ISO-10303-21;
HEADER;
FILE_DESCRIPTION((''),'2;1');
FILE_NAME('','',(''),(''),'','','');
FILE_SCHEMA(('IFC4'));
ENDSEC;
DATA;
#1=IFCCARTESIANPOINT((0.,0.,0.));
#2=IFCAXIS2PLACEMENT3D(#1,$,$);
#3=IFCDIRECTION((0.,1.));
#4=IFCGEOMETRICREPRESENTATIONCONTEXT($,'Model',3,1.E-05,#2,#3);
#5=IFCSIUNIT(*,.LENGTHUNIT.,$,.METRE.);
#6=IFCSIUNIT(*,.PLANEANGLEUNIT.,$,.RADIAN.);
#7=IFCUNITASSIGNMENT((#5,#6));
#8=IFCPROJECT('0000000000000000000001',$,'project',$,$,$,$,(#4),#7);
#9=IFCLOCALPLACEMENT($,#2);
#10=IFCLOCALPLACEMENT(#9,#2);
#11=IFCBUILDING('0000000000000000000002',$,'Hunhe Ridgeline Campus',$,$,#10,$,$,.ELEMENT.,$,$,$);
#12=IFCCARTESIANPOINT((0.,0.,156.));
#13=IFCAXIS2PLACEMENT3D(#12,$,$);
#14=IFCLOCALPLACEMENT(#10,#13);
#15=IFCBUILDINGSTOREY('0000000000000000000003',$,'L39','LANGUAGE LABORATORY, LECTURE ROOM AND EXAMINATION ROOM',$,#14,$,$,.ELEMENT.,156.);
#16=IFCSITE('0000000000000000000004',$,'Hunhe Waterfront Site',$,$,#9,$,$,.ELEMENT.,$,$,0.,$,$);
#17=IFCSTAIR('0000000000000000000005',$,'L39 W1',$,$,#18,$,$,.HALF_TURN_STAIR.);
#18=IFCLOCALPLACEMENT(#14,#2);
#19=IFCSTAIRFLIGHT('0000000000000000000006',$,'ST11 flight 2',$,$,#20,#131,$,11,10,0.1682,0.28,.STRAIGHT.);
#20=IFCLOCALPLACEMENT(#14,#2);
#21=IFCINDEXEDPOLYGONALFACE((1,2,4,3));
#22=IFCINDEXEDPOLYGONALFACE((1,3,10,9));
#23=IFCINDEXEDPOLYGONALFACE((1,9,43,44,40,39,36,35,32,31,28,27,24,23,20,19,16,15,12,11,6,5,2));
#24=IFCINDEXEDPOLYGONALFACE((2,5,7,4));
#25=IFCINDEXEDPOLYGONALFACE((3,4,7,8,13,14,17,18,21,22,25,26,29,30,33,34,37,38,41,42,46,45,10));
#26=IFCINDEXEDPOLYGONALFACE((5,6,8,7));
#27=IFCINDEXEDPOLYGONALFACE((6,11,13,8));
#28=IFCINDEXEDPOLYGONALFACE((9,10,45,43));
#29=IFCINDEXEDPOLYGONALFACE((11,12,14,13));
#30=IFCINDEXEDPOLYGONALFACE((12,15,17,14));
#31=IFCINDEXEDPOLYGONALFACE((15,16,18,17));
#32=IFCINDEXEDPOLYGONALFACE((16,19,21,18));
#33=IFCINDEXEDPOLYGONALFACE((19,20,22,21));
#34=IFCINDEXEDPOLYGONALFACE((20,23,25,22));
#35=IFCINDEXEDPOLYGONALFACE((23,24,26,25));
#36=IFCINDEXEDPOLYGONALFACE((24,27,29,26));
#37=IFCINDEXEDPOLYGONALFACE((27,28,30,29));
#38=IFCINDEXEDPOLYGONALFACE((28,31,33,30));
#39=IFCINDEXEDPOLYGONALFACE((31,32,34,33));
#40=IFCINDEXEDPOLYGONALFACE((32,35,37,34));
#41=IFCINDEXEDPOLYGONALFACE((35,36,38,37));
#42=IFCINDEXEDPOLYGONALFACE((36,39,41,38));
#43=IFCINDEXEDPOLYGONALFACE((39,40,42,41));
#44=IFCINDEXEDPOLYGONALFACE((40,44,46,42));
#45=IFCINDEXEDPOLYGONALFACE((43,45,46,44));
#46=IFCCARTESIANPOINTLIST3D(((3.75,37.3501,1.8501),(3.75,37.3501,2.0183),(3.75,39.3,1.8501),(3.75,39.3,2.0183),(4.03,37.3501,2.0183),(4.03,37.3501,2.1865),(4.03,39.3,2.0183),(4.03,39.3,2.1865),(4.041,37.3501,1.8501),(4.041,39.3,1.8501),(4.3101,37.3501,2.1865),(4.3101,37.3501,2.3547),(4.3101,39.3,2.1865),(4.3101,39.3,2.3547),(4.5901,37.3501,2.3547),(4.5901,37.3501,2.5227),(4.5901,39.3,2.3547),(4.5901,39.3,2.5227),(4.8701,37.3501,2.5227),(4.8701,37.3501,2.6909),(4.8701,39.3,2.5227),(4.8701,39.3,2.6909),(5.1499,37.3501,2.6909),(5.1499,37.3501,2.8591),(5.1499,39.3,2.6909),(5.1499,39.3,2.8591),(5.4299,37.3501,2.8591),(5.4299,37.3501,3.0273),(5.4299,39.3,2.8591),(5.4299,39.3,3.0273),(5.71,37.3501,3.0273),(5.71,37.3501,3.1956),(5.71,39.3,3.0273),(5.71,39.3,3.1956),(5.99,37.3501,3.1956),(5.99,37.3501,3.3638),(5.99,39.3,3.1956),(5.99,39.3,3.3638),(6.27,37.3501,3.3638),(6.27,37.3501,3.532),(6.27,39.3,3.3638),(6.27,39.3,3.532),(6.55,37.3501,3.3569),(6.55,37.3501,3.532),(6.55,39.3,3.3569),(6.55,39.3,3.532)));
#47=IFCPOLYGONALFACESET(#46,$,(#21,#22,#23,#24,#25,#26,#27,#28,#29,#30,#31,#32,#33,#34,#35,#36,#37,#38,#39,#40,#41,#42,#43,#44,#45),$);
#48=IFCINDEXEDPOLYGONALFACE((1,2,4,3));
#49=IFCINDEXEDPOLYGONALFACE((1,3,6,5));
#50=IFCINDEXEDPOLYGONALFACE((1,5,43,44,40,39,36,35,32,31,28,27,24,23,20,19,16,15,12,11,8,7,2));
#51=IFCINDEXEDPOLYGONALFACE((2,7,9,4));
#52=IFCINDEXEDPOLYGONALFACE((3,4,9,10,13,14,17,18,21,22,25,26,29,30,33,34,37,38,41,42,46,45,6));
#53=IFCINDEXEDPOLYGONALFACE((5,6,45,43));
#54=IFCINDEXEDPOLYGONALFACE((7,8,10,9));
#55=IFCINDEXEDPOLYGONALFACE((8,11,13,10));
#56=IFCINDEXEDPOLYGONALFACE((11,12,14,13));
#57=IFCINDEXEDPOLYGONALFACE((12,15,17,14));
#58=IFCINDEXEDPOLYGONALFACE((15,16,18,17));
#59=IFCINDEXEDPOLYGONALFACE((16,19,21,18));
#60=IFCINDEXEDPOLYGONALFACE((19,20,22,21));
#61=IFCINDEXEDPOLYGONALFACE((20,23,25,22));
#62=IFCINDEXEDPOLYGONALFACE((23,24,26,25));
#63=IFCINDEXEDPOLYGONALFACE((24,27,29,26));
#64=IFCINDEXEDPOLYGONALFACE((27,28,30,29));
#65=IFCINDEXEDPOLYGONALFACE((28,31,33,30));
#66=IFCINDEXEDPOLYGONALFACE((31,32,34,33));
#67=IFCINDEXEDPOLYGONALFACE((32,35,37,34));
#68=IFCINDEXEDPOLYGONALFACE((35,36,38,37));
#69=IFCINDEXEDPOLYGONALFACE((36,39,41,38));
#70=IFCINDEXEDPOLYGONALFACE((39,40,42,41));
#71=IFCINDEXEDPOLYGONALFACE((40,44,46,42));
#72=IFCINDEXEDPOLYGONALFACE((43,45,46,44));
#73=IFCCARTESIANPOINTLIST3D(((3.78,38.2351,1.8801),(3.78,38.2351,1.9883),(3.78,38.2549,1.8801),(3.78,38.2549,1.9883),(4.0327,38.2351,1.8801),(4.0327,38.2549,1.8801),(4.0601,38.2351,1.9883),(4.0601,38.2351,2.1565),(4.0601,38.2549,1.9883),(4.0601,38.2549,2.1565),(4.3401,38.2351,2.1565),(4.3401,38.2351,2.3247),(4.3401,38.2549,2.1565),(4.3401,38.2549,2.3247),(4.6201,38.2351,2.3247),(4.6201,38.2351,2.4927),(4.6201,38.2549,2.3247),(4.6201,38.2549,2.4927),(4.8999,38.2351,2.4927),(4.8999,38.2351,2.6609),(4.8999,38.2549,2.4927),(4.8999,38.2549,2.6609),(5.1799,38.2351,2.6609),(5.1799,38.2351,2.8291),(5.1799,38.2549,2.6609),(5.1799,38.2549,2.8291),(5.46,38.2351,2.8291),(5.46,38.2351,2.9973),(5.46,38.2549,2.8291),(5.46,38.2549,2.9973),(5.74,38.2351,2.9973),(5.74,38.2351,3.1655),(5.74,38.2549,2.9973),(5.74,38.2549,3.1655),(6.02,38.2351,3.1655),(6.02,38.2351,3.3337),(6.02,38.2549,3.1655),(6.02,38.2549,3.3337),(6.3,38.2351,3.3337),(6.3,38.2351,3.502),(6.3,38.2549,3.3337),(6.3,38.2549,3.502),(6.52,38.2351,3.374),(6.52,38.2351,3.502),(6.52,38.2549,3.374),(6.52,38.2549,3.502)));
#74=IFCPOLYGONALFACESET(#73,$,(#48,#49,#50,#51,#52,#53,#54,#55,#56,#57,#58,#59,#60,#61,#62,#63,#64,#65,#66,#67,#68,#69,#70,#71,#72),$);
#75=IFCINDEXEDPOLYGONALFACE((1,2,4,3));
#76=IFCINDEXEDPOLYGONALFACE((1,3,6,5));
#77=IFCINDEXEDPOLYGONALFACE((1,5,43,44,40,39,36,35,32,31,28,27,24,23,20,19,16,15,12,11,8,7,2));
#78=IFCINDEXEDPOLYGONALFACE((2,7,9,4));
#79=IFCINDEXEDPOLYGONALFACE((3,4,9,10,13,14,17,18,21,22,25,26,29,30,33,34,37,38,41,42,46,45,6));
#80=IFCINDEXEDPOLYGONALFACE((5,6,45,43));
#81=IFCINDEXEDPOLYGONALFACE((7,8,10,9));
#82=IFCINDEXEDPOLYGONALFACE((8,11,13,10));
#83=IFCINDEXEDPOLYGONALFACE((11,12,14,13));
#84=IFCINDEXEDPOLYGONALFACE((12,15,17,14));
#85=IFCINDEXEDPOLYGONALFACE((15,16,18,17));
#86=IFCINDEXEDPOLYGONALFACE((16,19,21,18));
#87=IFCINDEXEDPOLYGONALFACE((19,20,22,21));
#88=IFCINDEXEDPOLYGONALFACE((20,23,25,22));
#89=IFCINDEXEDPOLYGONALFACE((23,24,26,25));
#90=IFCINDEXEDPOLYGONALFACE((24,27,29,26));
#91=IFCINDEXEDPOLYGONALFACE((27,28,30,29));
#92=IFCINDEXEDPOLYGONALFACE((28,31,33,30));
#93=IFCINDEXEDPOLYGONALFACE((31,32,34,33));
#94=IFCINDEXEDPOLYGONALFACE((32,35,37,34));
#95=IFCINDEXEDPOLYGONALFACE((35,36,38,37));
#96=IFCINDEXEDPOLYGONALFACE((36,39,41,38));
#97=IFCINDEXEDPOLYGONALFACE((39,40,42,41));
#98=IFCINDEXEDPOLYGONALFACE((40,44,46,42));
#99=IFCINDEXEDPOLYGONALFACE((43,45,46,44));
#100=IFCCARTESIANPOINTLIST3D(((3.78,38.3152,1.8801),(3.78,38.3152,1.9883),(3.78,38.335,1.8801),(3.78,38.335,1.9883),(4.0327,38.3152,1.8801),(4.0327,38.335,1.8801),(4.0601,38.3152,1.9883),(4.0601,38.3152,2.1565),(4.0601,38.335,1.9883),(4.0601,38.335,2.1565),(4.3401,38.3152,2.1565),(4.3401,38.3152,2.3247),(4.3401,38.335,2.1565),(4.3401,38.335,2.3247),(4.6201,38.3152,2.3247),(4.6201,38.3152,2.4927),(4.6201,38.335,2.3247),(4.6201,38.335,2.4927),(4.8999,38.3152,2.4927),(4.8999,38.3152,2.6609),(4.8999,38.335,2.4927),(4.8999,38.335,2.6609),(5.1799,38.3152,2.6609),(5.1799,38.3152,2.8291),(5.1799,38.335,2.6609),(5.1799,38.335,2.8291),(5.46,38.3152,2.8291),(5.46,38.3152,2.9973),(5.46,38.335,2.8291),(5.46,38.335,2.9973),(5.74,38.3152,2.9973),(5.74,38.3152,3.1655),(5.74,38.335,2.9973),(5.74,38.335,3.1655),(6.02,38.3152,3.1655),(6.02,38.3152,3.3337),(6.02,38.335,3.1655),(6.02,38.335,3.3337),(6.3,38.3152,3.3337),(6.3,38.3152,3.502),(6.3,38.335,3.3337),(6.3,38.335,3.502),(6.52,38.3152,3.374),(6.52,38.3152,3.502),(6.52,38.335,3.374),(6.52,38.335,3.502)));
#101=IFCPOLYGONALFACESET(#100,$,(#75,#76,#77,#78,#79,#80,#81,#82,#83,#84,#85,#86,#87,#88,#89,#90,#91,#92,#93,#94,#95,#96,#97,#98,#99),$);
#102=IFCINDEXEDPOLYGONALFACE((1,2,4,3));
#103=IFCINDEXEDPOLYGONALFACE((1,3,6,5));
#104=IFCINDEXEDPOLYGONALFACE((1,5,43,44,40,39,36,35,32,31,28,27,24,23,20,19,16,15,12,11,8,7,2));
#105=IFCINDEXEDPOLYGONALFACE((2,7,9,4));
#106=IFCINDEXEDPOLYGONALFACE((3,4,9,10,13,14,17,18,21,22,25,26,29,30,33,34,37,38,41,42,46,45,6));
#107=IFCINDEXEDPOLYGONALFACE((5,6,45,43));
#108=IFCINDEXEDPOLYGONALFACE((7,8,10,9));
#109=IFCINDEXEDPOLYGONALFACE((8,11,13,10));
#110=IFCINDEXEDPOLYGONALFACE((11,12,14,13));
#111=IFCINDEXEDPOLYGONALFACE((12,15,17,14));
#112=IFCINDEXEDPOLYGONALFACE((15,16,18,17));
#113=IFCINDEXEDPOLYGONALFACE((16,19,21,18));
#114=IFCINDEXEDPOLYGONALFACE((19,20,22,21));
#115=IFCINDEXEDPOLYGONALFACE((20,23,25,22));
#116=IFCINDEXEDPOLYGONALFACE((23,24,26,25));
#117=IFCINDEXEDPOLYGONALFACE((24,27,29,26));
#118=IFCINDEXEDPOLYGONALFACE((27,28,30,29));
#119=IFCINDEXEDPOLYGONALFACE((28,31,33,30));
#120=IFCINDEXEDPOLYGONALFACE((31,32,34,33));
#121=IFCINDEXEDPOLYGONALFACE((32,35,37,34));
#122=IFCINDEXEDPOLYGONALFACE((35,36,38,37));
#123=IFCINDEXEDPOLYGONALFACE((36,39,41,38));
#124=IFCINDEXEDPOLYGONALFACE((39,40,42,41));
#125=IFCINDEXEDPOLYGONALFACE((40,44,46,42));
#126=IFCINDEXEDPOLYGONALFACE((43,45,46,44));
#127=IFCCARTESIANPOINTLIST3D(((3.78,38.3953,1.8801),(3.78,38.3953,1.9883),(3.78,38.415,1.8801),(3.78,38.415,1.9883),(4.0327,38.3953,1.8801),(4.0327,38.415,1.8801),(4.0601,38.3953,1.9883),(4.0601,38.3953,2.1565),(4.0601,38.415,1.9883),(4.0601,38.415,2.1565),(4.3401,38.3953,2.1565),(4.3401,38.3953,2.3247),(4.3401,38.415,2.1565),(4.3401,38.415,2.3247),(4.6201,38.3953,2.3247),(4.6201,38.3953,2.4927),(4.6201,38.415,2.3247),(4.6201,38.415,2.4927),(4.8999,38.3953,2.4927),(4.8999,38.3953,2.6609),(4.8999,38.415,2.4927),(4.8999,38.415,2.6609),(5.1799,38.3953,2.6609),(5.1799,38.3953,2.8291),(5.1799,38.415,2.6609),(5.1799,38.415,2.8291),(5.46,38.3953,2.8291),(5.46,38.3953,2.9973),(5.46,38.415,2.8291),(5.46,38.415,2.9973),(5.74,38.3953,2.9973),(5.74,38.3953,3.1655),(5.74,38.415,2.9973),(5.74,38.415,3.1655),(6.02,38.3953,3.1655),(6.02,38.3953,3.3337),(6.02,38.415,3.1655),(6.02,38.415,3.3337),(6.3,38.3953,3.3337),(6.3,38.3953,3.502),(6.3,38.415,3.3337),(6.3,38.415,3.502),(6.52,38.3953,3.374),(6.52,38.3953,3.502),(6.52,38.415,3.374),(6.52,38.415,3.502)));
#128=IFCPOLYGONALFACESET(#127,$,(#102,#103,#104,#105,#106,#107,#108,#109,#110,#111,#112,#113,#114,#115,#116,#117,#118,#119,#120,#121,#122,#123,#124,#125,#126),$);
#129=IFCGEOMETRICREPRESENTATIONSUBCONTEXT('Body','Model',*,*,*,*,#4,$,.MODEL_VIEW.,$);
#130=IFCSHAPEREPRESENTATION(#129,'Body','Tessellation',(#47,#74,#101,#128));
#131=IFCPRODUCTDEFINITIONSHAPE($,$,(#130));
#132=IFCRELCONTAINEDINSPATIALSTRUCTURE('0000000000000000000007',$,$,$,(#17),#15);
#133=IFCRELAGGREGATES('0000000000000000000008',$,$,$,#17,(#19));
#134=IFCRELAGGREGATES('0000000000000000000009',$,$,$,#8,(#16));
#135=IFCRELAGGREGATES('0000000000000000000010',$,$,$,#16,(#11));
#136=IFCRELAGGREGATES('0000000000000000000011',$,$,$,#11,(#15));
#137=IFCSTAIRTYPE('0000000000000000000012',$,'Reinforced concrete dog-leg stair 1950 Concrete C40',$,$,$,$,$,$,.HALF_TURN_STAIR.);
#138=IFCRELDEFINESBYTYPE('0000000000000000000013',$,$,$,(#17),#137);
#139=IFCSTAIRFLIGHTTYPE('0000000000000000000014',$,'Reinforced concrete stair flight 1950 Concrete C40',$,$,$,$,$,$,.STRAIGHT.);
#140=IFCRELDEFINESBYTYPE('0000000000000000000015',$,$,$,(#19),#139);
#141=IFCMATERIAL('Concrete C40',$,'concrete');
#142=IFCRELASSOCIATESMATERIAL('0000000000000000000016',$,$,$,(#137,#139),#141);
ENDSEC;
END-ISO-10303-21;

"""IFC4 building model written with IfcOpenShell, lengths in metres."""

from ifc_helpers import new_model, si_unit, direction, frame, origin, place, context, subcontext, project, spatial, polyline, outline, extrude, material, type_object, element, aggregate, save


model = new_model("IFC4")

# Units and contexts
model_context = context("Model", 3, precision=1e-05, world=origin(), true_north=direction((0.0, 1.0)))
body_context = subcontext(model_context, "Body", "Model", "MODEL_VIEW")
ifc_project = project(units=[si_unit("LENGTHUNIT", "METRE"), si_unit("PLANEANGLEUNIT", "RADIAN")], contexts=[model_context])

# Site, building, storey
site_placement = place(None, origin())
site = spatial("IfcSite", under=ifc_project, at=site_placement, Name="Hunhe Waterfront Site", CompositionType="ELEMENT", RefElevation=0.0)
building_placement = place(site_placement, origin())
building = spatial("IfcBuilding", under=site, at=building_placement, Name="Hunhe Ridgeline Campus", CompositionType="ELEMENT")
storey_placement = place(building_placement, frame((0.0, 0.0, 156.0)))
storey = spatial("IfcBuildingStorey", under=building, at=storey_placement, Name="L39", Description="LANGUAGE LABORATORY, LECTURE ROOM AND EXAMINATION ROOM", CompositionType="ELEMENT", Elevation=156.0)

# Stair, stair flight
ifc_material_1 = material(Name="Concrete C40", Category="concrete")
stair_type = type_object("IfcStairType", Name="Reinforced concrete dog-leg stair 1950 Concrete C40", PredefinedType="HALF_TURN_STAIR", material=ifc_material_1)
stair_placement = place(storey_placement, origin())
stair = element("IfcStair", 1, at=stair_placement, inside=storey, type_object=stair_type, Name="L39 W1", PredefinedType="HALF_TURN_STAIR")
stair_flight_type = type_object("IfcStairFlightType", Name="Reinforced concrete stair flight 1950 Concrete C40", PredefinedType="STRAIGHT", material=ifc_material_1)
stair_flight_1_placement = place(storey_placement, frame((3.75, 38.325, 1.8501), z_axis=(0.0, 0.0, 1.0), x_axis=(1.0, 0.0, 0.0)))
stair_flight_1 = element("IfcStairFlight", 2, at=stair_flight_1_placement, type_object=stair_flight_type, Name="ST11 flight 2", NumberOfRisers=11, NumberOfTreads=10, PredefinedType="STRAIGHT", RiserHeight=0.1682, TreadLength=0.28, context=body_context, shape_type="SweptSolid", body=[
    extrude(outline(polyline([(0.0, 0.0), (0.0, 0.1682), (0.28, 0.1682), (0.28, 0.3364), (0.5601, 0.3364), (0.5601, 0.5046), (0.8401, 0.5046), (0.8401, 0.6726), (1.1201, 0.6726), (1.1201, 0.8408), (1.3999, 0.8408), (1.3999, 1.009), (1.6799, 1.009), (1.6799, 1.1772), (1.96, 1.1772), (1.96, 1.3455), (2.24, 1.3455), (2.24, 1.5137), (2.52, 1.5137), (2.52, 1.6819), (2.8, 1.6819), (2.8, 1.8501), (2.8, 1.5068), (0.291, 0.0), (0.0, 0.0)])), frame((0.0, 0.9751, 0.0), z_axis=(0.0, -1.0, 0.0), x_axis=(1.0, 0.0, 0.0)), (0.0, 0.0, 1.0), 1.95),
    extrude(outline(polyline([(0.03, 0.03), (0.03, 0.1382), (0.3101, 0.1382), (0.3101, 0.3064), (0.5901, 0.3064), (0.5901, 0.4746), (0.8701, 0.4746), (0.8701, 0.6426), (1.1499, 0.6426), (1.1499, 0.8108), (1.4299, 0.8108), (1.4299, 0.979), (1.71, 0.979), (1.71, 1.1472), (1.99, 1.1472), (1.99, 1.3154), (2.27, 1.3154), (2.27, 1.4836), (2.55, 1.4836), (2.55, 1.6519), (2.77, 1.6519), (2.77, 1.5239), (0.2827, 0.03), (0.03, 0.03)])), frame((0.0, -0.0701, 0.0), z_axis=(0.0, -1.0, 0.0), x_axis=(1.0, 0.0, 0.0)), (0.0, 0.0, 1.0), 0.0198),
    extrude(outline(polyline([(0.03, 0.03), (0.03, 0.1382), (0.3101, 0.1382), (0.3101, 0.3064), (0.5901, 0.3064), (0.5901, 0.4746), (0.8701, 0.4746), (0.8701, 0.6426), (1.1499, 0.6426), (1.1499, 0.8108), (1.4299, 0.8108), (1.4299, 0.979), (1.71, 0.979), (1.71, 1.1472), (1.99, 1.1472), (1.99, 1.3154), (2.27, 1.3154), (2.27, 1.4836), (2.55, 1.4836), (2.55, 1.6519), (2.77, 1.6519), (2.77, 1.5239), (0.2827, 0.03), (0.03, 0.03)])), frame((0.0, 0.01, 0.0), z_axis=(0.0, -1.0, 0.0), x_axis=(1.0, 0.0, 0.0)), (0.0, 0.0, 1.0), 0.0198),
    extrude(outline(polyline([(0.03, 0.03), (0.03, 0.1382), (0.3101, 0.1382), (0.3101, 0.3064), (0.5901, 0.3064), (0.5901, 0.4746), (0.8701, 0.4746), (0.8701, 0.6426), (1.1499, 0.6426), (1.1499, 0.8108), (1.4299, 0.8108), (1.4299, 0.979), (1.71, 0.979), (1.71, 1.1472), (1.99, 1.1472), (1.99, 1.3154), (2.27, 1.3154), (2.27, 1.4836), (2.55, 1.4836), (2.55, 1.6519), (2.77, 1.6519), (2.77, 1.5239), (0.2827, 0.03), (0.03, 0.03)])), frame((0.0, 0.0901, 0.0), z_axis=(0.0, -1.0, 0.0), x_axis=(1.0, 0.0, 0.0)), (0.0, 0.0, 1.0), 0.0198),
])
aggregate(stair, [stair_flight_1])

save(model, "model.ifc")
